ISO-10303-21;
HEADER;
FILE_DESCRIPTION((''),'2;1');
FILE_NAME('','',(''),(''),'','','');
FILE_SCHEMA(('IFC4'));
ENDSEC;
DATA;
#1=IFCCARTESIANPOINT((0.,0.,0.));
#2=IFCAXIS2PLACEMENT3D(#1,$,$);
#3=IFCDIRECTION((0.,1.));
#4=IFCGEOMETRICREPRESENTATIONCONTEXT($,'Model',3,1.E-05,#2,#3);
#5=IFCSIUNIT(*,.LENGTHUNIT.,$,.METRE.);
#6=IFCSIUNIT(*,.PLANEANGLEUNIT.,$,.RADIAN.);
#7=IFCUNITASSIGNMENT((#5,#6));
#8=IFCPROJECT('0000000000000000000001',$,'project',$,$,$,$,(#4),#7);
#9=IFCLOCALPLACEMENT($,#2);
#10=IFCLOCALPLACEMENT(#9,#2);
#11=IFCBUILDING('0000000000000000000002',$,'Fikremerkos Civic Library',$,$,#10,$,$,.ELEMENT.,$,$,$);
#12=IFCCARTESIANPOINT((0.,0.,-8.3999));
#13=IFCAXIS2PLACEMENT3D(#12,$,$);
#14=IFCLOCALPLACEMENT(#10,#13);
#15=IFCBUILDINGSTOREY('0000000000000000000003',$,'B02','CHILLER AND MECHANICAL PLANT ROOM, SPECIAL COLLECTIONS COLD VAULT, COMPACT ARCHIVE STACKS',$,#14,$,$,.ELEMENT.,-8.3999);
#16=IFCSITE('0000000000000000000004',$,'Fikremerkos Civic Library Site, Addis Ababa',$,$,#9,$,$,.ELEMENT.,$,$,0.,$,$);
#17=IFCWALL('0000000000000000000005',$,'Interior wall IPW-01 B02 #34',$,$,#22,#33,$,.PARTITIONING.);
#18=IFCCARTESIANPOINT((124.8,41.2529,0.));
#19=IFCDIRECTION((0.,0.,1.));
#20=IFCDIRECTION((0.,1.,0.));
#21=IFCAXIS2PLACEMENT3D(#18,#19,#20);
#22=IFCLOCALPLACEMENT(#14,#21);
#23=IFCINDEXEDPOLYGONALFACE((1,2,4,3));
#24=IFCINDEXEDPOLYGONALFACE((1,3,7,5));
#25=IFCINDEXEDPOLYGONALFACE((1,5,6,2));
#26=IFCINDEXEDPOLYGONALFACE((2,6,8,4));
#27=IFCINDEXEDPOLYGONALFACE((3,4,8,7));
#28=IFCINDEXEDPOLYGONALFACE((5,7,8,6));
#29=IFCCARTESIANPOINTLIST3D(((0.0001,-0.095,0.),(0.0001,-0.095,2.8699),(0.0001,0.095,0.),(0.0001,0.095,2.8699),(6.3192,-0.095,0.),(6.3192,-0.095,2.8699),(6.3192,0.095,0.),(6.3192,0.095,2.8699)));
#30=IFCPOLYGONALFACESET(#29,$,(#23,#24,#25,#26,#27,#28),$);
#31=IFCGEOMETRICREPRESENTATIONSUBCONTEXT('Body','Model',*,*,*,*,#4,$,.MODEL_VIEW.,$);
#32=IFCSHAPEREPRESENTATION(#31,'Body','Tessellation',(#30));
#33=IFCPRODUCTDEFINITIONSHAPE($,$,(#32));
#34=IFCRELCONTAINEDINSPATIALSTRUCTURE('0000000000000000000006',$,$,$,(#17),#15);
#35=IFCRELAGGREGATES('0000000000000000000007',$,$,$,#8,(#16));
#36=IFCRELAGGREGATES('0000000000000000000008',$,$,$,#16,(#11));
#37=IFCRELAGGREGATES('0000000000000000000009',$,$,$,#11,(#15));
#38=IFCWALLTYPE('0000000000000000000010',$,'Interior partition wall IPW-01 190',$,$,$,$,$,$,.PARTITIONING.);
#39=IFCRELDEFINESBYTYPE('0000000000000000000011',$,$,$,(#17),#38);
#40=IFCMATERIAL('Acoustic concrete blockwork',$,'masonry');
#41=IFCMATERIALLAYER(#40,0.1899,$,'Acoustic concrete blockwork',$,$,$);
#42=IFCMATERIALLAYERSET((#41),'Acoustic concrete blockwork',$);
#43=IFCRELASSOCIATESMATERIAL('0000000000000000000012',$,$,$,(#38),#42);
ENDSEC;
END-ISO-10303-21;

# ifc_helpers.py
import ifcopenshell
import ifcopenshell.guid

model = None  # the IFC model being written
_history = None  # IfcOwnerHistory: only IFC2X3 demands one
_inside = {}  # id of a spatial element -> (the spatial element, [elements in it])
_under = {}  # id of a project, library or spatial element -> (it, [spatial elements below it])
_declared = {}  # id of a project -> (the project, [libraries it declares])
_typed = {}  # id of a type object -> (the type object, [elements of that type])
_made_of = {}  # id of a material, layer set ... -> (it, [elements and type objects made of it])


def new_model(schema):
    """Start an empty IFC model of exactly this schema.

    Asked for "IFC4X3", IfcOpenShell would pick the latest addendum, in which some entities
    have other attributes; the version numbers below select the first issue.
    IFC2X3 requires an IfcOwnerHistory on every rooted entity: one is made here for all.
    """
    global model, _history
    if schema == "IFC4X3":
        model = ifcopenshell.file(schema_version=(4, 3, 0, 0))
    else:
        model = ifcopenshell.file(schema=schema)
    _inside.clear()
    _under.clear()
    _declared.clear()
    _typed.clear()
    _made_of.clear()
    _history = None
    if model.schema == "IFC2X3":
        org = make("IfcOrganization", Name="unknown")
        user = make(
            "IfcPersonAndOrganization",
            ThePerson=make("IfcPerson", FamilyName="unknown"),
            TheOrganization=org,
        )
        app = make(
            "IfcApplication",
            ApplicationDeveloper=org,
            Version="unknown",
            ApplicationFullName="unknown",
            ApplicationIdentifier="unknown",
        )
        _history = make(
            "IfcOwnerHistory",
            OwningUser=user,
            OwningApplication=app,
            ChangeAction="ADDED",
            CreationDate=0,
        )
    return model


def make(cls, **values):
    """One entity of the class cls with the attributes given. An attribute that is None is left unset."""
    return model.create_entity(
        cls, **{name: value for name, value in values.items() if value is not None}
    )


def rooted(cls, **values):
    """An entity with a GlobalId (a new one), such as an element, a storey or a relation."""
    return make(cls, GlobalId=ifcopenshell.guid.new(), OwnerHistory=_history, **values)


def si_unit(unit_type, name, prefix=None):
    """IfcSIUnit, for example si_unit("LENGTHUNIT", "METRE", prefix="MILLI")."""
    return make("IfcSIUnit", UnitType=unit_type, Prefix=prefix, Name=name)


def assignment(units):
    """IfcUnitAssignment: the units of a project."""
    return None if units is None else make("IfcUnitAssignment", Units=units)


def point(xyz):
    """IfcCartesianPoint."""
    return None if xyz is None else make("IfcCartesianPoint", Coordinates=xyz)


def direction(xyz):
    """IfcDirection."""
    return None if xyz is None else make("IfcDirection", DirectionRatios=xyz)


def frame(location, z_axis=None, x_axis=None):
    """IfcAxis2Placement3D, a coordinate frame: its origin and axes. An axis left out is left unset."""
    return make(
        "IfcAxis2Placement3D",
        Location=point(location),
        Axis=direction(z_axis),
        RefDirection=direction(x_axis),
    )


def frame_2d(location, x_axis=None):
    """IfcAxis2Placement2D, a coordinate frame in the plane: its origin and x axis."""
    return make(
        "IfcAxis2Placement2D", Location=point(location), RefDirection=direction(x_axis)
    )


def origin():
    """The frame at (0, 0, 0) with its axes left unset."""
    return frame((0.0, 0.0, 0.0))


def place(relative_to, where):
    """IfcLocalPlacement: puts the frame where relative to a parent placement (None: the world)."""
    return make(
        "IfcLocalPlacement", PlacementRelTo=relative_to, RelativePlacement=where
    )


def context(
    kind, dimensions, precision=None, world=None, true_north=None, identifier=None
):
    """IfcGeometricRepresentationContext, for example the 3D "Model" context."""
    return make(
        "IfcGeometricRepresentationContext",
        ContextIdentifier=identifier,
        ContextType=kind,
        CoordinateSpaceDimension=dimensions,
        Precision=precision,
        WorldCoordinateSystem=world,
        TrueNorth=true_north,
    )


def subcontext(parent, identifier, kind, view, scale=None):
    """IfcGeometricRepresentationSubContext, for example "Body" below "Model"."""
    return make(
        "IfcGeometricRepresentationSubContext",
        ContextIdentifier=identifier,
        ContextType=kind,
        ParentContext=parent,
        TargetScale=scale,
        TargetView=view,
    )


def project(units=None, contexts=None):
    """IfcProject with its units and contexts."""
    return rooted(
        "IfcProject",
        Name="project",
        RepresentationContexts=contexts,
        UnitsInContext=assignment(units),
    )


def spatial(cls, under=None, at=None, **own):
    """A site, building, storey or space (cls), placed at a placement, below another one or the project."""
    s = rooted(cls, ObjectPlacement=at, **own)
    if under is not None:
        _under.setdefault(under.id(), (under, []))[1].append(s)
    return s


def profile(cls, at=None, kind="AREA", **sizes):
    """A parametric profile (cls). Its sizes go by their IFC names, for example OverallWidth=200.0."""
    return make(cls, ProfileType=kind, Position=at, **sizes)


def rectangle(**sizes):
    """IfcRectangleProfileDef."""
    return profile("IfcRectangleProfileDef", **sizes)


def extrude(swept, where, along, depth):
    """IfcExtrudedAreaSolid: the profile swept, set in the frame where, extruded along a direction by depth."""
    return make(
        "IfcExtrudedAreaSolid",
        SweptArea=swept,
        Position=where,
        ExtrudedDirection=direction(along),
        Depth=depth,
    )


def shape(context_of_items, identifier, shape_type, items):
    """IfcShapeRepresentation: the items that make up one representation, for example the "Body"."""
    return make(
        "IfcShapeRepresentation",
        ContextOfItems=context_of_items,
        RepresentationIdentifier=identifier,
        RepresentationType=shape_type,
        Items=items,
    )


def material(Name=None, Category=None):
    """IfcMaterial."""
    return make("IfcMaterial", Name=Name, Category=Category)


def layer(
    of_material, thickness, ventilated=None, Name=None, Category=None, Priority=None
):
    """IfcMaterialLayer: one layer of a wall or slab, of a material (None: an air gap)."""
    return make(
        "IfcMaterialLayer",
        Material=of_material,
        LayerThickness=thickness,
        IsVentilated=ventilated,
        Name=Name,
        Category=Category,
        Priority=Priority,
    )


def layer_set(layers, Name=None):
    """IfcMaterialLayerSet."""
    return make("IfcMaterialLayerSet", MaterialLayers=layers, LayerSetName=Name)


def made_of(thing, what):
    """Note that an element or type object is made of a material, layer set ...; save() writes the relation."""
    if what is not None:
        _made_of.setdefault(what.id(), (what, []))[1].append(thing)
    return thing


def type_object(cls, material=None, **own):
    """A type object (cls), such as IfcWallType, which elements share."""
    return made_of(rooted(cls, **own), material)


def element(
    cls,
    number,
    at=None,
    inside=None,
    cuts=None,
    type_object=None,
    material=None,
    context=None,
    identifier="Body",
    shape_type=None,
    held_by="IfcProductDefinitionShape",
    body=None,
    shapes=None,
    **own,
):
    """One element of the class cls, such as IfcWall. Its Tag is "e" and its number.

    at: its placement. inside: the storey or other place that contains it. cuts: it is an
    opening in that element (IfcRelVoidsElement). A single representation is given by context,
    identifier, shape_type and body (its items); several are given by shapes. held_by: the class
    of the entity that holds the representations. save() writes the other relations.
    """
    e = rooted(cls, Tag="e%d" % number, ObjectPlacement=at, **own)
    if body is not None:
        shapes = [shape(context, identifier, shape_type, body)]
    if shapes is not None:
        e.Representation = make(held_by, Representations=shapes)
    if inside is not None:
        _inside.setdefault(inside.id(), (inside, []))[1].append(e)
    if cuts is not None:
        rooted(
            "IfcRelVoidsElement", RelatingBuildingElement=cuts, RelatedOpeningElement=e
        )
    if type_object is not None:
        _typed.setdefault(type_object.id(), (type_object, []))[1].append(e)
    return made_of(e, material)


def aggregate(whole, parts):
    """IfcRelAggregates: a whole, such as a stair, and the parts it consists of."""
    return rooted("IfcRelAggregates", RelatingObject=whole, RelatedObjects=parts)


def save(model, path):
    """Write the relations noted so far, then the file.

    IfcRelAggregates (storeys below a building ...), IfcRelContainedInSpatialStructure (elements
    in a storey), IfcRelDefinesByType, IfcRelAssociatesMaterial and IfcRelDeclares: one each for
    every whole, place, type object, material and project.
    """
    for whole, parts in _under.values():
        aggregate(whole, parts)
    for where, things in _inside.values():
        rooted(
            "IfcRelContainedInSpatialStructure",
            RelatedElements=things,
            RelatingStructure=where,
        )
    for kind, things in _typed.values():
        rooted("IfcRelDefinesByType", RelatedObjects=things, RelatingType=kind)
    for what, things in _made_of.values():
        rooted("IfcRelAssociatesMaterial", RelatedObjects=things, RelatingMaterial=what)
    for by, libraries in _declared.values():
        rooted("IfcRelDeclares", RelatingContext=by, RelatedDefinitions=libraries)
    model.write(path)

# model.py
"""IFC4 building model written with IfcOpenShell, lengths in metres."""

from ifc_helpers import new_model, si_unit, direction, frame, frame_2d, origin, place, context, subcontext, project, spatial, rectangle, extrude, material, layer, layer_set, type_object, element, save


model = new_model("IFC4")

# Units and contexts
model_context = context("Model", 3, precision=1e-05, world=origin(), true_north=direction((0.0, 1.0)))
body_context = subcontext(model_context, "Body", "Model", "MODEL_VIEW")
ifc_project = project(units=[si_unit("LENGTHUNIT", "METRE"), si_unit("PLANEANGLEUNIT", "RADIAN")], contexts=[model_context])

# Site, building, storey
site_placement = place(None, origin())
site = spatial("IfcSite", under=ifc_project, at=site_placement, Name="Fikremerkos Civic Library Site, Addis Ababa", CompositionType="ELEMENT", RefElevation=0.0)
building_placement = place(site_placement, origin())
building = spatial("IfcBuilding", under=site, at=building_placement, Name="Fikremerkos Civic Library", CompositionType="ELEMENT")
storey_placement = place(building_placement, frame((0.0, 0.0, -8.3999)))
storey = spatial("IfcBuildingStorey", under=building, at=storey_placement, Name="B02", Description="CHILLER AND MECHANICAL PLANT ROOM, SPECIAL COLLECTIONS COLD VAULT, COMPACT ARCHIVE STACKS", CompositionType="ELEMENT", Elevation=-8.3999)

# Wall
ifc_material_1 = material(Name="Acoustic concrete blockwork", Category="masonry")
ifc_layer_1 = layer(ifc_material_1, 0.1899, Name="Acoustic concrete blockwork")
ifc_layer_set_1 = layer_set([ifc_layer_1], Name="Acoustic concrete blockwork")
wall_type_1 = type_object("IfcWallType", Name="Interior partition wall IPW-01 190", PredefinedType="PARTITIONING", material=ifc_layer_set_1)
wall_1_placement = place(storey_placement, frame((124.8, 41.2529, 0.0), z_axis=(0.0, 0.0, 1.0), x_axis=(0.0, 1.0, 0.0)))
element("IfcWall", 1, at=wall_1_placement, inside=storey, type_object=wall_type_1, Name="Interior wall IPW-01 B02 #34", PredefinedType="PARTITIONING", context=body_context, shape_type="SweptSolid", body=[
    extrude(rectangle(XDim=6.3191, YDim=0.1899, at=frame_2d((3.1597, 0.0))), origin(), (0.0, 0.0, 1.0), 2.8699),
])

save(model, "model.ifc")
